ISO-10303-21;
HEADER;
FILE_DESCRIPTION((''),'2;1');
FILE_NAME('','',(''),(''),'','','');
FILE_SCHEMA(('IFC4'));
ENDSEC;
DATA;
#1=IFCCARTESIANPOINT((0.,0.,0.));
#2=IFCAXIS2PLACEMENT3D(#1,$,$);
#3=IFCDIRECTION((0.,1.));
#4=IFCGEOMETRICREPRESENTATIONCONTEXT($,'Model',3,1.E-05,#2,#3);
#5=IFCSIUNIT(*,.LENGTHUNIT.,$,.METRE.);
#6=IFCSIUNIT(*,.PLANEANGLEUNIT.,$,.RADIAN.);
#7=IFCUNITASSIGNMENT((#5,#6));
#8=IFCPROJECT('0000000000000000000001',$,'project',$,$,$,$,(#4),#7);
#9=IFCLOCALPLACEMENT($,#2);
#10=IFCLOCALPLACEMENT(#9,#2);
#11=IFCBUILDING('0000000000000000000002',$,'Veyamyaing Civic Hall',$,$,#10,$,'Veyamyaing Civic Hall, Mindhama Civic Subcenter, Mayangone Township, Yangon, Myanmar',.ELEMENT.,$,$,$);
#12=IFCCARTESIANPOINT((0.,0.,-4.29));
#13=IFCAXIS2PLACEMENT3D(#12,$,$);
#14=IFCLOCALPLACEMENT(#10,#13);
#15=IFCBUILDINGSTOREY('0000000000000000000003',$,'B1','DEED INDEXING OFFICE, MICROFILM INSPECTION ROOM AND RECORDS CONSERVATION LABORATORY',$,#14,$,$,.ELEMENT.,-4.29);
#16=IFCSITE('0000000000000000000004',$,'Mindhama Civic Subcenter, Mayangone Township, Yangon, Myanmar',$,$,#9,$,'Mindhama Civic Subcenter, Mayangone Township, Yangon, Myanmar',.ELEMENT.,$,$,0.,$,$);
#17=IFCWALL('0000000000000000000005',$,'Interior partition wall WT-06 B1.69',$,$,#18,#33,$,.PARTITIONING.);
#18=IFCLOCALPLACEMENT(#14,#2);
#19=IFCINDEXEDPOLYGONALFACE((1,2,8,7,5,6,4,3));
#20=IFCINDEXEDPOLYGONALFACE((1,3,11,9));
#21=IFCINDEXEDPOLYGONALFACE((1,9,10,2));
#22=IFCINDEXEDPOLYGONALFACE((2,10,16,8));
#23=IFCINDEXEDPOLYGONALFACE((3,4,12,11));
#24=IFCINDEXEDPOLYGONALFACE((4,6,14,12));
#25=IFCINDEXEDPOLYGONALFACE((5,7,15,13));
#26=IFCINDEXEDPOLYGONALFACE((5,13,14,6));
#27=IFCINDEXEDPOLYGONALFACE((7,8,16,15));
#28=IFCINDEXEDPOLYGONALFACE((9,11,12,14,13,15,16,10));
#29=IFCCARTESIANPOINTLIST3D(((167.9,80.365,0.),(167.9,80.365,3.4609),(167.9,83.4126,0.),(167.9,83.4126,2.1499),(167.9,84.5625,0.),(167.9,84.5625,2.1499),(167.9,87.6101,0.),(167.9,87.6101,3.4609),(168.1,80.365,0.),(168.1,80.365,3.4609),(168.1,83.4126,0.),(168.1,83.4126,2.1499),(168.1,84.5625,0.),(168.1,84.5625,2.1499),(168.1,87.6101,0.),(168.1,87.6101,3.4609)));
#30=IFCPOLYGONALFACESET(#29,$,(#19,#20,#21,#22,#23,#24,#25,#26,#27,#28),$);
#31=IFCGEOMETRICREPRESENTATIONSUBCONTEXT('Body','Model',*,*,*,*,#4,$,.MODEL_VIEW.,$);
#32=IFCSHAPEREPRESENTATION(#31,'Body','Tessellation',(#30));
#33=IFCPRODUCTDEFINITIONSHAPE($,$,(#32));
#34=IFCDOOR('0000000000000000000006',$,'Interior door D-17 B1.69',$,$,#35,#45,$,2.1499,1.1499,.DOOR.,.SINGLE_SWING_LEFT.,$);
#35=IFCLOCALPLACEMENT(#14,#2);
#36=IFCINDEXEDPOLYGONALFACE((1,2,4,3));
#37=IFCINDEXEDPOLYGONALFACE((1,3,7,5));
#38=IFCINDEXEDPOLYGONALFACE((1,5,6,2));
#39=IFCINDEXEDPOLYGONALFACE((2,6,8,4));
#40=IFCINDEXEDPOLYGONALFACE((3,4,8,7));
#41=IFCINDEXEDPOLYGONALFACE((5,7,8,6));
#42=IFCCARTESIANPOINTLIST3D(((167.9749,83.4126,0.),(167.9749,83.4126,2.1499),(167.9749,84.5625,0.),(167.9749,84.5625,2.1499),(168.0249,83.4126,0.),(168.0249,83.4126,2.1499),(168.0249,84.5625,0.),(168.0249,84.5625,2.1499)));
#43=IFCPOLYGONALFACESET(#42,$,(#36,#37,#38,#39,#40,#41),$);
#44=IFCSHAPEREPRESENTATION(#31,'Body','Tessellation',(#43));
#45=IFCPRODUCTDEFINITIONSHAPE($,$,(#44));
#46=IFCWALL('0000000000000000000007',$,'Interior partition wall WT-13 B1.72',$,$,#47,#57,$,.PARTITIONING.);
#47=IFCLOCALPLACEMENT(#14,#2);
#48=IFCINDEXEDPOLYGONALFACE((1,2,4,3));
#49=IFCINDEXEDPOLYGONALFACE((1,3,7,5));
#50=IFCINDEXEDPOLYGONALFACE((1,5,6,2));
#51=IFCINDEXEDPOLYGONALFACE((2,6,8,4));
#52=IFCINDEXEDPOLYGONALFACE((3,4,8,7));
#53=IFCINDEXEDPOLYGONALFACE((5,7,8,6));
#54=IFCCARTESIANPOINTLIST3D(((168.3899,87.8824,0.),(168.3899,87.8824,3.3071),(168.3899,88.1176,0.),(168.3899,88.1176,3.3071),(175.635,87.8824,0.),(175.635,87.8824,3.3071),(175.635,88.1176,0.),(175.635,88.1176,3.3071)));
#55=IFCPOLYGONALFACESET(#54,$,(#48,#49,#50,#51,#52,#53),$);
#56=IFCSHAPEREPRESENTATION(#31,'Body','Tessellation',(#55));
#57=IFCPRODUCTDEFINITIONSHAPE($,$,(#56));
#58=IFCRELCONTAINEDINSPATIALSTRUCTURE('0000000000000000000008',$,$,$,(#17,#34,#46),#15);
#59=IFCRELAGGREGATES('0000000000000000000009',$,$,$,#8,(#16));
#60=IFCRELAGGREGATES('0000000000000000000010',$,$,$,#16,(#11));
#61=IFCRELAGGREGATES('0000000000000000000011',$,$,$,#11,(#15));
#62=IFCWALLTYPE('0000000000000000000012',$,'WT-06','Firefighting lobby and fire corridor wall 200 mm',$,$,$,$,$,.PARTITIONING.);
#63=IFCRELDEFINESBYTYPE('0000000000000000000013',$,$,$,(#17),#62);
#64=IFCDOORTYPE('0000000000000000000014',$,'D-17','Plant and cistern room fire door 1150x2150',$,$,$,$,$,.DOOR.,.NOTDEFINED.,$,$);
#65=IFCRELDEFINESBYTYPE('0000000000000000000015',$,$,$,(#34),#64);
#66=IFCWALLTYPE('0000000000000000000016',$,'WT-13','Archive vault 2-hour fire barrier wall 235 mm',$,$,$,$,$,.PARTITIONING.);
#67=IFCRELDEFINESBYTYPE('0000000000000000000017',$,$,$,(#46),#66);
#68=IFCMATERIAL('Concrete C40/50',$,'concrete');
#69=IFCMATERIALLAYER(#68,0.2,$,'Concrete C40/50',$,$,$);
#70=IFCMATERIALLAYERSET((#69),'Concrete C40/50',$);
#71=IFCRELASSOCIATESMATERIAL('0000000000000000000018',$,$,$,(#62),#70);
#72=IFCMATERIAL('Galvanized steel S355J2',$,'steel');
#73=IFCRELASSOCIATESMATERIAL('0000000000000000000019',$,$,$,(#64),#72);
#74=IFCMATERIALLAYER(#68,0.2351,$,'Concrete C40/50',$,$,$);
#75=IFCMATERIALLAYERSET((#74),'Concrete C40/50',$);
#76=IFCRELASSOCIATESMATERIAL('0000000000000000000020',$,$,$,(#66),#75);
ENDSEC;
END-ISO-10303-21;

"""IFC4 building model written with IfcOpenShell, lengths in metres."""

from ifc_helpers import new_model, si_unit, direction, frame, frame_2d, origin, place, context, subcontext, project, spatial, rectangle, extrude, material, layer, layer_set, type_object, element, fill, save


model = new_model("IFC4")

# Units and contexts
model_context = context("Model", 3, precision=1e-05, world=origin(), true_north=direction((0.0, 1.0)))
body_context = subcontext(model_context, "Body", "Model", "MODEL_VIEW")
ifc_project = project(units=[si_unit("LENGTHUNIT", "METRE"), si_unit("PLANEANGLEUNIT", "RADIAN")], contexts=[model_context])

# Site, building, storey
site_placement = place(None, origin())
site = spatial("IfcSite", under=ifc_project, at=site_placement, Name="Mindhama Civic Subcenter, Mayangone Township, Yangon, Myanmar", LongName="Mindhama Civic Subcenter, Mayangone Township, Yangon, Myanmar", CompositionType="ELEMENT", RefElevation=0.0)
building_placement = place(site_placement, origin())
building = spatial("IfcBuilding", under=site, at=building_placement, Name="Veyamyaing Civic Hall", LongName="Veyamyaing Civic Hall, Mindhama Civic Subcenter, Mayangone Township, Yangon, Myanmar", CompositionType="ELEMENT")
storey_placement = place(building_placement, frame((0.0, 0.0, -4.29)))
storey = spatial("IfcBuildingStorey", under=building, at=storey_placement, Name="B1", Description="DEED INDEXING OFFICE, MICROFILM INSPECTION ROOM AND RECORDS CONSERVATION LABORATORY", CompositionType="ELEMENT", Elevation=-4.29)

# Shared definitions
ifc_material_1 = material(Name="Concrete C40/50", Category="concrete")

# Wall, opening, door
ifc_layer_1 = layer(ifc_material_1, 0.2, Name="Concrete C40/50")
ifc_layer_set_1 = layer_set([ifc_layer_1], Name="Concrete C40/50")
wall_type_1 = type_object("IfcWallType", Name="WT-06", Description="Firefighting lobby and fire corridor wall 200 mm", PredefinedType="PARTITIONING", material=ifc_layer_set_1)
wall_1_placement = place(storey_placement, frame((168.0, 80.365, 0.0), z_axis=(0.0, 0.0, 1.0), x_axis=(0.0, 1.0, 0.0)))
wall_1 = element("IfcWall", 1, at=wall_1_placement, inside=storey, type_object=wall_type_1, Name="Interior partition wall WT-06 B1.69", PredefinedType="PARTITIONING", context=body_context, shape_type="SweptSolid", body=[
    extrude(rectangle(XDim=7.2451, YDim=0.2, at=frame_2d((3.6226, 0.0))), origin(), (0.0, 0.0, 1.0), 3.4609),
])
opening_placement = place(wall_1_placement, frame((3.0476, 0.0, 0.0)))
opening = element("IfcOpeningElement", 2, at=opening_placement, cuts=wall_1, PredefinedType="OPENING", context=body_context, shape_type="SweptSolid", body=[
    extrude(rectangle(XDim=1.1499, YDim=2.1499, at=frame_2d((0.575, 1.075))), frame((0.0, 0.1099, 0.0), z_axis=(0.0, -1.0, 0.0), x_axis=(1.0, 0.0, 0.0)), (0.0, 0.0, 1.0), 0.22),
])
ifc_material_2 = material(Name="Galvanized steel S355J2", Category="steel")
door_type = type_object("IfcDoorType", Name="D-17", Description="Plant and cistern room fire door 1150x2150", OperationType="NOTDEFINED", PredefinedType="DOOR", material=ifc_material_2)
door_placement = place(opening_placement, frame((1.1499, 0.0, 0.0), z_axis=(0.0, 0.0, 1.0), x_axis=(-1.0, 0.0, 0.0)))
door = element("IfcDoor", 3, at=door_placement, inside=storey, type_object=door_type, Name="Interior door D-17 B1.69", OperationType="SINGLE_SWING_LEFT", OverallHeight=2.1499, OverallWidth=1.1499, PredefinedType="DOOR", context=body_context, shape_type="SweptSolid", body=[
    extrude(rectangle(XDim=1.1499, YDim=2.1499, at=frame_2d((0.575, 1.075))), frame((0.0, 0.0249, 0.0), z_axis=(0.0, -1.0, 0.0), x_axis=(1.0, 0.0, 0.0)), (0.0, 0.0, 1.0), 0.05),
])
fill(opening, door)

# Wall
ifc_layer_2 = layer(ifc_material_1, 0.2351, Name="Concrete C40/50")
ifc_layer_set_2 = layer_set([ifc_layer_2], Name="Concrete C40/50")
wall_type_2 = type_object("IfcWallType", Name="WT-13", Description="Archive vault 2-hour fire barrier wall 235 mm", PredefinedType="PARTITIONING", material=ifc_layer_set_2)
wall_2_placement = place(storey_placement, frame((168.3899, 88.0, 0.0), z_axis=(0.0, 0.0, 1.0), x_axis=(1.0, 0.0, 0.0)))
element("IfcWall", 4, at=wall_2_placement, inside=storey, type_object=wall_type_2, Name="Interior partition wall WT-13 B1.72", PredefinedType="PARTITIONING", context=body_context, shape_type="SweptSolid", body=[
    extrude(rectangle(XDim=7.2451, YDim=0.2351, at=frame_2d((3.6226, 0.0))), origin(), (0.0, 0.0, 1.0), 3.3071),
])

save(model, "model.ifc")
